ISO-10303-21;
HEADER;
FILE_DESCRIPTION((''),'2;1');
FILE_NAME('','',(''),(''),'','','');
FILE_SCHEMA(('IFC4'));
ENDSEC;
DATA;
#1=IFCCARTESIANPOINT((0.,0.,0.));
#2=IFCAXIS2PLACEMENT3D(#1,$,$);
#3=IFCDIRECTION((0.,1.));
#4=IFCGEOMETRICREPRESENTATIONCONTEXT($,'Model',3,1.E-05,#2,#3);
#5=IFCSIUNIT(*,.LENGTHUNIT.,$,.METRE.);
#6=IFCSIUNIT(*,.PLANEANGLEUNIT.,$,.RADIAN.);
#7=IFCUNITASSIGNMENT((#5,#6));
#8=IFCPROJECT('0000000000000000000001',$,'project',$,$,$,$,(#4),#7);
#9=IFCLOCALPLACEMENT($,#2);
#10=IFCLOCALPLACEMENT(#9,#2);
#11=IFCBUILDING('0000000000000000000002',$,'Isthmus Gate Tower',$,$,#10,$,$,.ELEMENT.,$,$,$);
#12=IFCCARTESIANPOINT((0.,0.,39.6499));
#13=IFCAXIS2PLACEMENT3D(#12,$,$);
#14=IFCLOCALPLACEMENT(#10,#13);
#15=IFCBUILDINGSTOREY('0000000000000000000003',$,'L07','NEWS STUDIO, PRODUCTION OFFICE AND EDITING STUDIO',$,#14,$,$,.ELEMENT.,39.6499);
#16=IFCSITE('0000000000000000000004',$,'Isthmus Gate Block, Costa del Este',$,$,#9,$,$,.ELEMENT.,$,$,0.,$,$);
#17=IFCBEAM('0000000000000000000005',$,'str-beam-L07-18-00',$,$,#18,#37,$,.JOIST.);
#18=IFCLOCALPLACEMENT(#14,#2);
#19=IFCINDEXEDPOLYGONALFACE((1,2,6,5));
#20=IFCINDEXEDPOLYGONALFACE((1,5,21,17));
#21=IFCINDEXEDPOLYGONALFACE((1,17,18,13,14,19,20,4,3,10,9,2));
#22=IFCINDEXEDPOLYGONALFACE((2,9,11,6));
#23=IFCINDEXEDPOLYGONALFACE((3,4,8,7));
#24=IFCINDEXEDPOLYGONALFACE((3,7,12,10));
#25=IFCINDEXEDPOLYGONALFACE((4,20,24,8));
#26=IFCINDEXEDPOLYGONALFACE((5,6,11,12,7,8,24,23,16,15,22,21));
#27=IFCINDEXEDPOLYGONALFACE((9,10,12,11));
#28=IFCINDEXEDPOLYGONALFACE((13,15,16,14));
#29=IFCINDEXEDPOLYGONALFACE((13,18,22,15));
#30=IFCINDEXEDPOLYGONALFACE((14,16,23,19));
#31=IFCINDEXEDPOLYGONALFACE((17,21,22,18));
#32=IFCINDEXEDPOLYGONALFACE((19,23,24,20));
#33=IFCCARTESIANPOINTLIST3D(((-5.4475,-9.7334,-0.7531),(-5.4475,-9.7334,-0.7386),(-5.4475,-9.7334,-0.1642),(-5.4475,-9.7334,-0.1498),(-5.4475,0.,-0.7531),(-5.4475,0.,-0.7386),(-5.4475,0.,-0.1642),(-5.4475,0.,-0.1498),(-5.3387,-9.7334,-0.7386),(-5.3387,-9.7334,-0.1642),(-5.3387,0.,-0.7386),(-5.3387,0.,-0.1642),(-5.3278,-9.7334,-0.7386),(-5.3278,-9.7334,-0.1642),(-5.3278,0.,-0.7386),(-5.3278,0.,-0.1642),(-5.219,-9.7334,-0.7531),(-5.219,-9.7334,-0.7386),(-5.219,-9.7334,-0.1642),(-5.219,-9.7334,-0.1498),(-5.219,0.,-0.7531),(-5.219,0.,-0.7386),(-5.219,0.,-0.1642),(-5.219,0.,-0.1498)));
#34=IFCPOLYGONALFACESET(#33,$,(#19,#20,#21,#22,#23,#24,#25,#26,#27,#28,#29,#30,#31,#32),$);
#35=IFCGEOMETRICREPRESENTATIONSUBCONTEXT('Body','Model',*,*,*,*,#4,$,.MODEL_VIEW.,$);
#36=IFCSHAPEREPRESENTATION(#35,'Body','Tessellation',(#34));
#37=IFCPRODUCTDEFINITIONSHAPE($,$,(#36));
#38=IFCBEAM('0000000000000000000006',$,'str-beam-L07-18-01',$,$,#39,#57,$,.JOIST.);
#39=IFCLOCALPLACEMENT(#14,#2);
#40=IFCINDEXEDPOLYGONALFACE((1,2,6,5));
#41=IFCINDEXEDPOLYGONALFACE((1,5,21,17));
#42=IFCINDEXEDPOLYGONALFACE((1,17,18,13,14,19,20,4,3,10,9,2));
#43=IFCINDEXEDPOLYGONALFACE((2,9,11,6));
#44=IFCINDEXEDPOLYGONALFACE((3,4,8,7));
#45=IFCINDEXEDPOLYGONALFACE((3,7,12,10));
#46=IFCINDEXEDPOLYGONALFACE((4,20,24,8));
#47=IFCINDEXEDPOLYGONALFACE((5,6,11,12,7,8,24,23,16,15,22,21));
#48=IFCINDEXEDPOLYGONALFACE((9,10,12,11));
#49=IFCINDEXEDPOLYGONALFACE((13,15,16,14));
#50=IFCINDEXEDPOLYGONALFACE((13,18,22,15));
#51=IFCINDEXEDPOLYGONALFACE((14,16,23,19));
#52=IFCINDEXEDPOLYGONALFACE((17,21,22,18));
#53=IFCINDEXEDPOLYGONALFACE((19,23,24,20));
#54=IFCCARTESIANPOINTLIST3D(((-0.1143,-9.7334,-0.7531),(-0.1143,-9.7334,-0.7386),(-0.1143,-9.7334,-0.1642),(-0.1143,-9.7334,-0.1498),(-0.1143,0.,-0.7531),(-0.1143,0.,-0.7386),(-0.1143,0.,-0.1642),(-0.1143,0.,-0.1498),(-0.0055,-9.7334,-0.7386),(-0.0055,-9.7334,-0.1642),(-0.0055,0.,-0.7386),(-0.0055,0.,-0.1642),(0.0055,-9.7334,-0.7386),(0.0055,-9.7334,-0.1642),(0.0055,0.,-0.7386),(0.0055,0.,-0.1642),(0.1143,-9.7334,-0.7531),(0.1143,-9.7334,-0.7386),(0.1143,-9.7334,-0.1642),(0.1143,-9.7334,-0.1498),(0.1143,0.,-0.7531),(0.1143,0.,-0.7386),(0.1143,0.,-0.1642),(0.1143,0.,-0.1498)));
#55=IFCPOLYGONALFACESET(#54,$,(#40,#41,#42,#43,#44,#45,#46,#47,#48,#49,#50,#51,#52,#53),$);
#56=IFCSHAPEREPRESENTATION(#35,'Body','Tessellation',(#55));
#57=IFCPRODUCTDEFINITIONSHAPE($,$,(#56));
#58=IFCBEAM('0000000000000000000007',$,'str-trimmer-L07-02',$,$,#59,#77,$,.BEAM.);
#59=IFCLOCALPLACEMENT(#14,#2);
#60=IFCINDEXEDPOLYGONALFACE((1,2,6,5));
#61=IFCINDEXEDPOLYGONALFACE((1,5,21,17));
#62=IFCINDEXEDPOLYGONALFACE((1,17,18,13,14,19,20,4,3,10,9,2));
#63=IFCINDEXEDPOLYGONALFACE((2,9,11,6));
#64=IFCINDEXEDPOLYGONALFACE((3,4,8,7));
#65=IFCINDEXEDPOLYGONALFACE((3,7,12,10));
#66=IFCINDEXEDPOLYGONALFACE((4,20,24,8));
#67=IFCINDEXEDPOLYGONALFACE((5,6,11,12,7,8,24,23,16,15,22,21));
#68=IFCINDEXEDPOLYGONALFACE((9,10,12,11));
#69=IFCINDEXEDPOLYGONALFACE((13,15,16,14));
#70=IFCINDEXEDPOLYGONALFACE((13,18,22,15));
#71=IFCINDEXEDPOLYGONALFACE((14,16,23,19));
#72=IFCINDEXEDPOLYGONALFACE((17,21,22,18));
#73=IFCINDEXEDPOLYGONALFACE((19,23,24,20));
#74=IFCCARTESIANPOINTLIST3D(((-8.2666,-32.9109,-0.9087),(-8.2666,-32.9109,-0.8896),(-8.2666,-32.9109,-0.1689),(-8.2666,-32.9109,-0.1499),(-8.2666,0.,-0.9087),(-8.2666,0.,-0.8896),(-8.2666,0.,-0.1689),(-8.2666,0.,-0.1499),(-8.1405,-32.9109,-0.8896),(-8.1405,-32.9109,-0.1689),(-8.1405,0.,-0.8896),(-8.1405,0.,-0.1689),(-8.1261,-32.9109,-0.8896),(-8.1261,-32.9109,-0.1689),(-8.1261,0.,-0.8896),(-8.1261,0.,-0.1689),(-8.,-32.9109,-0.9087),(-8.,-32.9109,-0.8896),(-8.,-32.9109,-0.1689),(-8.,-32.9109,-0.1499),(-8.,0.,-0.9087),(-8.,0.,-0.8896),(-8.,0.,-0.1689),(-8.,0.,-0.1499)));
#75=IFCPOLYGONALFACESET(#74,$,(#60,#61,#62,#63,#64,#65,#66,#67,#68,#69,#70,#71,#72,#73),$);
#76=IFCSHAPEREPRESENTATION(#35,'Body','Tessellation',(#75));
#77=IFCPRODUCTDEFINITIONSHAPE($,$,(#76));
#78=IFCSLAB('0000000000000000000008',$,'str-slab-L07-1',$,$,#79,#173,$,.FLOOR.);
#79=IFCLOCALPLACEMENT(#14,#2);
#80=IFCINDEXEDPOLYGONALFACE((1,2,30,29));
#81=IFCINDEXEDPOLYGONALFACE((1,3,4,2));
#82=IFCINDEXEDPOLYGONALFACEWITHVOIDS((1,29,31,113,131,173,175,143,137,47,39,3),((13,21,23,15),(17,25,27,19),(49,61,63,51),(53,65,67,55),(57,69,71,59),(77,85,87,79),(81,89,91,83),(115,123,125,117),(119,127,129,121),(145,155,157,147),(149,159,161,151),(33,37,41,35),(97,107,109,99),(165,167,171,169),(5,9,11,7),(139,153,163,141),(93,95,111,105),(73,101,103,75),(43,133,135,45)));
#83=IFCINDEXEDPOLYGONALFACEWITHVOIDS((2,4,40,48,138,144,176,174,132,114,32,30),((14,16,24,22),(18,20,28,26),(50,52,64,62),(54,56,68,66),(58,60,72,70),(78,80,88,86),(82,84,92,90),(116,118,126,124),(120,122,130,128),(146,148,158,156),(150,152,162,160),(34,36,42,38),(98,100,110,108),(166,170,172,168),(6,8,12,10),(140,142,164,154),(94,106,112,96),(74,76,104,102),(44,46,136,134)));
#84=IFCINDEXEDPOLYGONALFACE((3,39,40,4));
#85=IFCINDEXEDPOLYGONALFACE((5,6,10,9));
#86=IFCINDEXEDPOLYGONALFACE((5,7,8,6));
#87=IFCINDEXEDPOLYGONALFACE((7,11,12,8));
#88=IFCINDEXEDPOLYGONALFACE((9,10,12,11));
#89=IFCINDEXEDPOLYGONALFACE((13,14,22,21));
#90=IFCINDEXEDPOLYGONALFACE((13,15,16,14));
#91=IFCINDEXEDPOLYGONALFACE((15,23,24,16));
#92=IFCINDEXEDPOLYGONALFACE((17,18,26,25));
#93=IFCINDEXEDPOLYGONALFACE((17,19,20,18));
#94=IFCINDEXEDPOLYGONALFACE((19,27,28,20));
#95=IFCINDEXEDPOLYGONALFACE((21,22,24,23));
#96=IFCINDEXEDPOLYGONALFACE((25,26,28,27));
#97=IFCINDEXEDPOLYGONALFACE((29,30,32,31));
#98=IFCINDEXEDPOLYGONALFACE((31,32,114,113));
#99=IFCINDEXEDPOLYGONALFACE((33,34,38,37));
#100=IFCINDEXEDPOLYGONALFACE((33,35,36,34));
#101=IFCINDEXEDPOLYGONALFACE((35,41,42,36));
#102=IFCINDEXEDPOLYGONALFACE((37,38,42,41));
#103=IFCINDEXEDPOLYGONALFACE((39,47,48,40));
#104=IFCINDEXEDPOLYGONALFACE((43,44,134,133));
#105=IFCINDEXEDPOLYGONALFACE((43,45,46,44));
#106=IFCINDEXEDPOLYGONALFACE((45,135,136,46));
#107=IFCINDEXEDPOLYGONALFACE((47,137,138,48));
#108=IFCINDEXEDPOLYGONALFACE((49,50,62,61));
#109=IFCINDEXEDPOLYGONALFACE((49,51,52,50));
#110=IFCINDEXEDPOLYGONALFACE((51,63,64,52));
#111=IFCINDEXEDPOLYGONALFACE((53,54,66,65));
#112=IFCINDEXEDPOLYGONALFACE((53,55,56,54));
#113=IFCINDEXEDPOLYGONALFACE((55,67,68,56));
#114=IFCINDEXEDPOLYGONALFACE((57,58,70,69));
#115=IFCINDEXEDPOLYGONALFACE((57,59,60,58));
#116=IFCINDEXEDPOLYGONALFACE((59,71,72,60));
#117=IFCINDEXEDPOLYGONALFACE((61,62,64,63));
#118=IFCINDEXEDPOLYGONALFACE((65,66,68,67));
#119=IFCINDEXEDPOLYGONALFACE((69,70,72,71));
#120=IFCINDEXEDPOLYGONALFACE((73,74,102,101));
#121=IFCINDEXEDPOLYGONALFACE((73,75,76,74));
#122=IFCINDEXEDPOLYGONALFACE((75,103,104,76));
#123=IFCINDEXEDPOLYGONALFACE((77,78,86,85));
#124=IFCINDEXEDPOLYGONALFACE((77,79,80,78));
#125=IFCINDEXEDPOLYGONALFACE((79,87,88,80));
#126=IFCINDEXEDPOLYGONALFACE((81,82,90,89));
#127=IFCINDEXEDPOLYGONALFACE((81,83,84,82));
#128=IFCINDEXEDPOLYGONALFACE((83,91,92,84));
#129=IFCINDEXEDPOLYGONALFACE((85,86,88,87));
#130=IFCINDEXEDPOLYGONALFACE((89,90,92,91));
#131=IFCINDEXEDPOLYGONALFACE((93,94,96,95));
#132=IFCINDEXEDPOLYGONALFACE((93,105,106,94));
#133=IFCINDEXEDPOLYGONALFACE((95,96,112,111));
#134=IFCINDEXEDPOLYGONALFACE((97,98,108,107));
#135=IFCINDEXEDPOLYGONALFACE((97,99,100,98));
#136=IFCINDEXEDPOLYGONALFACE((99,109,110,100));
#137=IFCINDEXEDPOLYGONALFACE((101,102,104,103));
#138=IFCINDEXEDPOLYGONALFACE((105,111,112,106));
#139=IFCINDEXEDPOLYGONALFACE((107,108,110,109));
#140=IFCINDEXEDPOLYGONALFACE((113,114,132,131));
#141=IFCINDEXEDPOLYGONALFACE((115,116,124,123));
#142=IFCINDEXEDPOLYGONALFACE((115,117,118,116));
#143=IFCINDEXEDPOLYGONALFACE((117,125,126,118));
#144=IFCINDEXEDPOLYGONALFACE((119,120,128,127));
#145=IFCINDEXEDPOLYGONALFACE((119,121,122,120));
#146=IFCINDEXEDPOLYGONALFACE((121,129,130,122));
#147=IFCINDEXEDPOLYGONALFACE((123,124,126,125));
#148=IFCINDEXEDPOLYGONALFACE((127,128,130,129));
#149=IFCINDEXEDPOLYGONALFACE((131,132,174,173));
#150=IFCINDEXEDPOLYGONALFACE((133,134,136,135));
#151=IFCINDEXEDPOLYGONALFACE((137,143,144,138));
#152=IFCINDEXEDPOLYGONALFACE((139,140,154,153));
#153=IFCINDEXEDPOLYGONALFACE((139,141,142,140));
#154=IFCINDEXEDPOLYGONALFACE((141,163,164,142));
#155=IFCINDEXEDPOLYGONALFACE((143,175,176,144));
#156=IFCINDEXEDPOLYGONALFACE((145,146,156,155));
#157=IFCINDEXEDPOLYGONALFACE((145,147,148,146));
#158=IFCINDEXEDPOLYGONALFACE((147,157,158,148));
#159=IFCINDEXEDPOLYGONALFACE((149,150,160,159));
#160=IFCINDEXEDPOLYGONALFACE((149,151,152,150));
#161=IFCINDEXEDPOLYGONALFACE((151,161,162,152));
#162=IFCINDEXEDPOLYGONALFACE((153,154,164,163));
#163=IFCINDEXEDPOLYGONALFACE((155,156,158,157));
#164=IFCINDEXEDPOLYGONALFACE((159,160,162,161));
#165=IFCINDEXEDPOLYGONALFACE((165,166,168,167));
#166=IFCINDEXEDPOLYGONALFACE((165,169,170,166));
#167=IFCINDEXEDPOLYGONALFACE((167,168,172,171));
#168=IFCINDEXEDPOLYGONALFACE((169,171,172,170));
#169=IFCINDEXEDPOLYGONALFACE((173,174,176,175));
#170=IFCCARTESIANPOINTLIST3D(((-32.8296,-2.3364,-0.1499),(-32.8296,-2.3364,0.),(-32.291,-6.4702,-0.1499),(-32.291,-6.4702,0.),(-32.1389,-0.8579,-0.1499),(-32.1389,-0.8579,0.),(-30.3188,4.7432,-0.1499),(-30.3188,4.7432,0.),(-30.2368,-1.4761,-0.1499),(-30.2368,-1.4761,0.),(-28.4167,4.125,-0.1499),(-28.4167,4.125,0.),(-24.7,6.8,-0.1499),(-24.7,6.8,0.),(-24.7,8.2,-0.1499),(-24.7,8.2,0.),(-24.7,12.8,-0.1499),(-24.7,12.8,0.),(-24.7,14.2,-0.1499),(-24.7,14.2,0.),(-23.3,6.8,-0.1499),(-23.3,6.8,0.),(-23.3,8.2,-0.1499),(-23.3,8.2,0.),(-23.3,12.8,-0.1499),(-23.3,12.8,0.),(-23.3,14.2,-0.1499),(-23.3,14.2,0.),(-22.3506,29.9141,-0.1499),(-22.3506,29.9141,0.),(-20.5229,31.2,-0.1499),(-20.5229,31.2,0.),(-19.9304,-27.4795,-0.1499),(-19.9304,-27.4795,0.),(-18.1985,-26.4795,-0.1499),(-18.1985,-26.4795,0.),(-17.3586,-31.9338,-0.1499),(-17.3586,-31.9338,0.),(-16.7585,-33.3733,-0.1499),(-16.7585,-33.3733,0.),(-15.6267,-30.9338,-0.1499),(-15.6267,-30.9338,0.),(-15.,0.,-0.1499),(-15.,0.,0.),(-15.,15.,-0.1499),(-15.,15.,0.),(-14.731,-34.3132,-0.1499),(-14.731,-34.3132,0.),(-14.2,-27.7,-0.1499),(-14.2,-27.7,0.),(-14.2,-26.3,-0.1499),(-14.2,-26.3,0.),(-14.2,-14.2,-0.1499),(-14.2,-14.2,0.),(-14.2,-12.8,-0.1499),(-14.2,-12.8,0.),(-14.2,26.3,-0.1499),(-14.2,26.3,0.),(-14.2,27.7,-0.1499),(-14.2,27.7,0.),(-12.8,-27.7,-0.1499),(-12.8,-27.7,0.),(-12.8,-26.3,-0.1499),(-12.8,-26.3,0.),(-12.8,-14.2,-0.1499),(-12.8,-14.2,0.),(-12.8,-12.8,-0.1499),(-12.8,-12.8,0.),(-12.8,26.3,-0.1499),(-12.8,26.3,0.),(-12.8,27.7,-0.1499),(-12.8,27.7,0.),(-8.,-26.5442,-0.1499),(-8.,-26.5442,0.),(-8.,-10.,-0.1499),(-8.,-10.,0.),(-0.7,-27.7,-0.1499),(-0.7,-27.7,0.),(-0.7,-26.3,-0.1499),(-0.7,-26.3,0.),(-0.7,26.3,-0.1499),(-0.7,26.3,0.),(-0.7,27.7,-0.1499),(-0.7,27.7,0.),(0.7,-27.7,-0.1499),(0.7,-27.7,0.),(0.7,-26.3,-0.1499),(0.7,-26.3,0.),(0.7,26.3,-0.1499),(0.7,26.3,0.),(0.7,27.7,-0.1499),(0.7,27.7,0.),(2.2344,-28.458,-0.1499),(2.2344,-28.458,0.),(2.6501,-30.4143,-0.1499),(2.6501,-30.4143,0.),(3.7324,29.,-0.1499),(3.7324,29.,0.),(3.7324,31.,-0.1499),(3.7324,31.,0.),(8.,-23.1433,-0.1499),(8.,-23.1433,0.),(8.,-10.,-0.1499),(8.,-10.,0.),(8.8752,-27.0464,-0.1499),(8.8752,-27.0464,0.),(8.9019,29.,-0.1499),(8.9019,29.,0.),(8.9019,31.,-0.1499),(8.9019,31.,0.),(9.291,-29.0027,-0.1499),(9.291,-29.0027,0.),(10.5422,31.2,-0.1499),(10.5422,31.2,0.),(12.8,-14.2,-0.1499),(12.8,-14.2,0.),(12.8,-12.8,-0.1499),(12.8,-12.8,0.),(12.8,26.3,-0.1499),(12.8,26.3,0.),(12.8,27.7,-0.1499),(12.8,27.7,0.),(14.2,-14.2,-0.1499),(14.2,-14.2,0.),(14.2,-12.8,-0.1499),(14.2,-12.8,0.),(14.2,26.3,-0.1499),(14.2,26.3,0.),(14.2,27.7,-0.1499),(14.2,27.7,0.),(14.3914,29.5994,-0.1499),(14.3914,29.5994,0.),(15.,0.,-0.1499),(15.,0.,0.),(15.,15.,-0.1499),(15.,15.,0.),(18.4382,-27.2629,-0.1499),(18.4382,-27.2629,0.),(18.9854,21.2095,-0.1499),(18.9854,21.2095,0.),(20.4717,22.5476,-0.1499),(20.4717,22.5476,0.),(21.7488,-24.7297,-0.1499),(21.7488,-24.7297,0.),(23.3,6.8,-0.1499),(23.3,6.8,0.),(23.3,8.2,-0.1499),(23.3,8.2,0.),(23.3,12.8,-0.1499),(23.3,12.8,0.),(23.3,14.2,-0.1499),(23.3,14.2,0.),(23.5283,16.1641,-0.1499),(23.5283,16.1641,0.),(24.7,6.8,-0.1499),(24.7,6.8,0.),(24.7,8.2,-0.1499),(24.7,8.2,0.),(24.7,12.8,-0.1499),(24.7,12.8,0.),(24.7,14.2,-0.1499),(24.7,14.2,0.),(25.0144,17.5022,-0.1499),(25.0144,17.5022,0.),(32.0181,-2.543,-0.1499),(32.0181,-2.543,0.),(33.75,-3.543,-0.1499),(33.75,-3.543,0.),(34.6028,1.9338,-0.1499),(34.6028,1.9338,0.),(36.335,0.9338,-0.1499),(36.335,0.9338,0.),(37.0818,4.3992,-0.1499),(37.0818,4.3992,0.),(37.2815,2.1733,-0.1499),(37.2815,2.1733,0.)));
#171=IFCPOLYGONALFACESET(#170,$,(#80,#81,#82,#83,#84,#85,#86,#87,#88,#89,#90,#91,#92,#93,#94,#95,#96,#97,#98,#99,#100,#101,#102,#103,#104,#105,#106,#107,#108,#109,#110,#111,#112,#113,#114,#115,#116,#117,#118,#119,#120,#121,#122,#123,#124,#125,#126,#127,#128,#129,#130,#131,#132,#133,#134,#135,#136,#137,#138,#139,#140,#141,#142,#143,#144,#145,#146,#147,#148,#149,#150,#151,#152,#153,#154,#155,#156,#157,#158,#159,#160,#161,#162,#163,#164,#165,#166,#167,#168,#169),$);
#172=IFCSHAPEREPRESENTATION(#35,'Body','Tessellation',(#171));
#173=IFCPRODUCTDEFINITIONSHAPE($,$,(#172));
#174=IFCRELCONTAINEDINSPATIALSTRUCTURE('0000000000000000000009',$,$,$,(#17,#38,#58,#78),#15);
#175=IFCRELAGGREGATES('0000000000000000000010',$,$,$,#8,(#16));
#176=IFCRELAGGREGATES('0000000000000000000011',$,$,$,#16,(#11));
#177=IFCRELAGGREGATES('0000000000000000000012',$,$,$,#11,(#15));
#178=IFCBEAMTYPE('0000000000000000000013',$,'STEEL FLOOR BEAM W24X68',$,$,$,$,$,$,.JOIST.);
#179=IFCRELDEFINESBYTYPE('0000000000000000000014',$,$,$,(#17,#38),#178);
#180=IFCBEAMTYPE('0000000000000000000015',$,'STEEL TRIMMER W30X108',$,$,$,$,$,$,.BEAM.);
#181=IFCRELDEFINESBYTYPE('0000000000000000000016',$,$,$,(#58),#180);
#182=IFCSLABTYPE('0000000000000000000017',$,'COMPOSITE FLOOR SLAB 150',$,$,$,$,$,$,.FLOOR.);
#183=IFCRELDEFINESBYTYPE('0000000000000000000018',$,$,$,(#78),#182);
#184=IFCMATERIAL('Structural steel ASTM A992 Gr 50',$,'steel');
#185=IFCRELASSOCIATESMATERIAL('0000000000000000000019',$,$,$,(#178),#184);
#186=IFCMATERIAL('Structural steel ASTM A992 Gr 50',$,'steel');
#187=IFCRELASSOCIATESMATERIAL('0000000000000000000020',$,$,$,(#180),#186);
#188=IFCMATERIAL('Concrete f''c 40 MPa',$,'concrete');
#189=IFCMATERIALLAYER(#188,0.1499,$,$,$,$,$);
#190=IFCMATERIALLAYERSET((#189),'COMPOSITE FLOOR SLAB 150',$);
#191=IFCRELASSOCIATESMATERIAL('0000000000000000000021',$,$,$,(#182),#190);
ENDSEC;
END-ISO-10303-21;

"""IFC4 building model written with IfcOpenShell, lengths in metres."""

from ifc_helpers import new_model, si_unit, direction, frame, origin, origin_2d, place, context, subcontext, project, spatial, polyline, i_section, outline, extrude, material, layer, layer_set, material_profile, profile_set, type_object, element, save


model = new_model("IFC4")

# Units and contexts
model_context = context("Model", 3, precision=1e-05, world=origin(), true_north=direction((0.0, 1.0)))
body_context = subcontext(model_context, "Body", "Model", "MODEL_VIEW")
ifc_project = project(units=[si_unit("LENGTHUNIT", "METRE"), si_unit("PLANEANGLEUNIT", "RADIAN")], contexts=[model_context])

# Site, building, storey
site_placement = place(None, origin())
site = spatial("IfcSite", under=ifc_project, at=site_placement, Name="Isthmus Gate Block, Costa del Este", CompositionType="ELEMENT", RefElevation=0.0)
building_placement = place(site_placement, origin())
building = spatial("IfcBuilding", under=site, at=building_placement, Name="Isthmus Gate Tower", CompositionType="ELEMENT")
storey_placement = place(building_placement, frame((0.0, 0.0, 39.6499)))
storey = spatial("IfcBuildingStorey", under=building, at=storey_placement, Name="L07", Description="NEWS STUDIO, PRODUCTION OFFICE AND EDITING STUDIO", CompositionType="ELEMENT", Elevation=39.6499)

# Beams
ifc_material_1 = material(Name="Structural steel ASTM A992 Gr 50", Category="steel")
ifc_material_profile_1 = material_profile(ifc_material_1, i_section(OverallWidth=0.2285, OverallDepth=0.6033, WebThickness=0.011, FlangeThickness=0.0144, at=origin_2d()), Name="W24X68")
ifc_profile_set_1 = profile_set([ifc_material_profile_1], Name="Structural steel ASTM A992 Gr 50")
beam_type_1 = type_object("IfcBeamType", Name="STEEL FLOOR BEAM W24X68", PredefinedType="JOIST", material=ifc_profile_set_1)
for number, where, z_axis, x_axis, name in (
    (1, (-5.3333, -9.7334, -0.4514), (0.0, 1.0, 0.0), (-1.0, 0.0, 0.0), "str-beam-L07-18-00"),
    (2, (0.0, -9.7334, -0.4514), (0.0, 1.0, 0.0), (-1.0, 0.0, 0.0), "str-beam-L07-18-01"),
):
    element("IfcBeam", number, at=place(storey_placement, frame(where, z_axis=z_axis, x_axis=x_axis)), inside=storey, type_object=beam_type_1, Name=name, PredefinedType="JOIST", context=body_context, shape_type="SweptSolid", body=[
        extrude(i_section(OverallWidth=0.2285, OverallDepth=0.6033, WebThickness=0.011, FlangeThickness=0.0144, at=origin_2d()), origin(), (0.0, 0.0, 1.0), 9.7334),
    ])
ifc_material_2 = material(Name="Structural steel ASTM A992 Gr 50", Category="steel")
ifc_material_profile_2 = material_profile(ifc_material_2, i_section(OverallWidth=0.2666, OverallDepth=0.7588, WebThickness=0.0144, FlangeThickness=0.019, at=origin_2d()), Name="W30X108")
ifc_profile_set_2 = profile_set([ifc_material_profile_2], Name="Structural steel ASTM A992 Gr 50")
beam_type_2 = type_object("IfcBeamType", Name="STEEL TRIMMER W30X108", PredefinedType="BEAM", material=ifc_profile_set_2)
beam_placement = place(storey_placement, frame((-8.1333, 0.0, -0.5293), z_axis=(0.0, -1.0, 0.0), x_axis=(1.0, 0.0, 0.0)))
element("IfcBeam", 3, at=beam_placement, inside=storey, type_object=beam_type_2, Name="str-trimmer-L07-02", PredefinedType="BEAM", context=body_context, shape_type="SweptSolid", body=[
    extrude(i_section(OverallWidth=0.2666, OverallDepth=0.7588, WebThickness=0.0144, FlangeThickness=0.019, at=origin_2d()), origin(), (0.0, 0.0, 1.0), 32.9109),
])

# Slab
ifc_material_3 = material(Name="Concrete f'c 40 MPa", Category="concrete")
ifc_layer_1 = layer(ifc_material_3, 0.1499)
ifc_layer_set_1 = layer_set([ifc_layer_1], Name="COMPOSITE FLOOR SLAB 150")
slab_type_1 = type_object("IfcSlabType", Name="COMPOSITE FLOOR SLAB 150", PredefinedType="FLOOR", material=ifc_layer_set_1)
slab_1_placement = place(storey_placement, frame((0.0, 0.0, -0.1499)))
element("IfcSlab", 4, at=slab_1_placement, inside=storey, type_object=slab_type_1, Name="str-slab-L07-1", PredefinedType="FLOOR", context=body_context, shape_type="SweptSolid", body=[
    extrude(outline(polyline([(14.3914, 29.5994), (37.0818, 4.3992), (37.2815, 2.1733), (21.7488, -24.7297), (18.4382, -27.2629), (-14.731, -34.3132), (-16.7585, -33.3733), (-32.291, -6.4702), (-32.8296, -2.3364), (-22.3506, 29.9141), (-20.5229, 31.2), (10.5422, 31.2), (14.3914, 29.5994)]), holes=[polyline([(-17.3586, -31.9338), (-15.6267, -30.9338), (-18.1985, -26.4795), (-19.9304, -27.4795), (-17.3586, -31.9338)]), polyline([(-14.2, -26.3), (-14.2, -27.7), (-12.8, -27.7), (-12.8, -26.3), (-14.2, -26.3)]), polyline([(-0.7, -26.3), (-0.7, -27.7), (0.7, -27.7), (0.7, -26.3), (-0.7, -26.3)]), polyline([(8.0, -23.1433), (8.0, -10.0), (-8.0, -10.0), (-8.0, -26.5442), (8.0, -23.1433)]), polyline([(-14.2, -12.8), (-14.2, -14.2), (-12.8, -14.2), (-12.8, -12.8), (-14.2, -12.8)]), polyline([(-32.1389, -0.8579), (-30.2368, -1.4761), (-28.4167, 4.125), (-30.3188, 4.7432), (-32.1389, -0.8579)]), polyline([(-23.3, 8.2), (-24.7, 8.2), (-24.7, 6.8), (-23.3, 6.8), (-23.3, 8.2)]), polyline([(15.0, 0.0), (15.0, 15.0), (-15.0, 15.0), (-15.0, 0.0), (15.0, 0.0)]), polyline([(-23.3, 12.8), (-23.3, 14.2), (-24.7, 14.2), (-24.7, 12.8), (-23.3, 12.8)]), polyline([(-14.2, 27.7), (-14.2, 26.3), (-12.8, 26.3), (-12.8, 27.7), (-14.2, 27.7)]), polyline([(9.291, -29.0027), (8.8752, -27.0464), (2.2344, -28.458), (2.6501, -30.4143), (9.291, -29.0027)]), polyline([(14.2, -12.8), (12.8, -12.8), (12.8, -14.2), (14.2, -14.2), (14.2, -12.8)]), polyline([(33.75, -3.543), (36.335, 0.9338), (34.6028, 1.9338), (32.0181, -2.543), (33.75, -3.543)]), polyline([(24.7, 6.8), (24.7, 8.2), (23.3, 8.2), (23.3, 6.8), (24.7, 6.8)]), polyline([(23.3, 14.2), (23.3, 12.8), (24.7, 12.8), (24.7, 14.2), (23.3, 14.2)]), polyline([(20.4717, 22.5476), (18.9854, 21.2095), (23.5283, 16.1641), (25.0144, 17.5022), (20.4717, 22.5476)]), polyline([(0.7, 27.7), (-0.7, 27.7), (-0.7, 26.3), (0.7, 26.3), (0.7, 27.7)]), polyline([(14.2, 26.3), (14.2, 27.7), (12.8, 27.7), (12.8, 26.3), (14.2, 26.3)]), polyline([(8.9019, 31.0), (3.7324, 31.0), (3.7324, 29.0), (8.9019, 29.0), (8.9019, 31.0)])]), origin(), (0.0, 0.0, 1.0), 0.1499),
])

save(model, "model.ifc")
